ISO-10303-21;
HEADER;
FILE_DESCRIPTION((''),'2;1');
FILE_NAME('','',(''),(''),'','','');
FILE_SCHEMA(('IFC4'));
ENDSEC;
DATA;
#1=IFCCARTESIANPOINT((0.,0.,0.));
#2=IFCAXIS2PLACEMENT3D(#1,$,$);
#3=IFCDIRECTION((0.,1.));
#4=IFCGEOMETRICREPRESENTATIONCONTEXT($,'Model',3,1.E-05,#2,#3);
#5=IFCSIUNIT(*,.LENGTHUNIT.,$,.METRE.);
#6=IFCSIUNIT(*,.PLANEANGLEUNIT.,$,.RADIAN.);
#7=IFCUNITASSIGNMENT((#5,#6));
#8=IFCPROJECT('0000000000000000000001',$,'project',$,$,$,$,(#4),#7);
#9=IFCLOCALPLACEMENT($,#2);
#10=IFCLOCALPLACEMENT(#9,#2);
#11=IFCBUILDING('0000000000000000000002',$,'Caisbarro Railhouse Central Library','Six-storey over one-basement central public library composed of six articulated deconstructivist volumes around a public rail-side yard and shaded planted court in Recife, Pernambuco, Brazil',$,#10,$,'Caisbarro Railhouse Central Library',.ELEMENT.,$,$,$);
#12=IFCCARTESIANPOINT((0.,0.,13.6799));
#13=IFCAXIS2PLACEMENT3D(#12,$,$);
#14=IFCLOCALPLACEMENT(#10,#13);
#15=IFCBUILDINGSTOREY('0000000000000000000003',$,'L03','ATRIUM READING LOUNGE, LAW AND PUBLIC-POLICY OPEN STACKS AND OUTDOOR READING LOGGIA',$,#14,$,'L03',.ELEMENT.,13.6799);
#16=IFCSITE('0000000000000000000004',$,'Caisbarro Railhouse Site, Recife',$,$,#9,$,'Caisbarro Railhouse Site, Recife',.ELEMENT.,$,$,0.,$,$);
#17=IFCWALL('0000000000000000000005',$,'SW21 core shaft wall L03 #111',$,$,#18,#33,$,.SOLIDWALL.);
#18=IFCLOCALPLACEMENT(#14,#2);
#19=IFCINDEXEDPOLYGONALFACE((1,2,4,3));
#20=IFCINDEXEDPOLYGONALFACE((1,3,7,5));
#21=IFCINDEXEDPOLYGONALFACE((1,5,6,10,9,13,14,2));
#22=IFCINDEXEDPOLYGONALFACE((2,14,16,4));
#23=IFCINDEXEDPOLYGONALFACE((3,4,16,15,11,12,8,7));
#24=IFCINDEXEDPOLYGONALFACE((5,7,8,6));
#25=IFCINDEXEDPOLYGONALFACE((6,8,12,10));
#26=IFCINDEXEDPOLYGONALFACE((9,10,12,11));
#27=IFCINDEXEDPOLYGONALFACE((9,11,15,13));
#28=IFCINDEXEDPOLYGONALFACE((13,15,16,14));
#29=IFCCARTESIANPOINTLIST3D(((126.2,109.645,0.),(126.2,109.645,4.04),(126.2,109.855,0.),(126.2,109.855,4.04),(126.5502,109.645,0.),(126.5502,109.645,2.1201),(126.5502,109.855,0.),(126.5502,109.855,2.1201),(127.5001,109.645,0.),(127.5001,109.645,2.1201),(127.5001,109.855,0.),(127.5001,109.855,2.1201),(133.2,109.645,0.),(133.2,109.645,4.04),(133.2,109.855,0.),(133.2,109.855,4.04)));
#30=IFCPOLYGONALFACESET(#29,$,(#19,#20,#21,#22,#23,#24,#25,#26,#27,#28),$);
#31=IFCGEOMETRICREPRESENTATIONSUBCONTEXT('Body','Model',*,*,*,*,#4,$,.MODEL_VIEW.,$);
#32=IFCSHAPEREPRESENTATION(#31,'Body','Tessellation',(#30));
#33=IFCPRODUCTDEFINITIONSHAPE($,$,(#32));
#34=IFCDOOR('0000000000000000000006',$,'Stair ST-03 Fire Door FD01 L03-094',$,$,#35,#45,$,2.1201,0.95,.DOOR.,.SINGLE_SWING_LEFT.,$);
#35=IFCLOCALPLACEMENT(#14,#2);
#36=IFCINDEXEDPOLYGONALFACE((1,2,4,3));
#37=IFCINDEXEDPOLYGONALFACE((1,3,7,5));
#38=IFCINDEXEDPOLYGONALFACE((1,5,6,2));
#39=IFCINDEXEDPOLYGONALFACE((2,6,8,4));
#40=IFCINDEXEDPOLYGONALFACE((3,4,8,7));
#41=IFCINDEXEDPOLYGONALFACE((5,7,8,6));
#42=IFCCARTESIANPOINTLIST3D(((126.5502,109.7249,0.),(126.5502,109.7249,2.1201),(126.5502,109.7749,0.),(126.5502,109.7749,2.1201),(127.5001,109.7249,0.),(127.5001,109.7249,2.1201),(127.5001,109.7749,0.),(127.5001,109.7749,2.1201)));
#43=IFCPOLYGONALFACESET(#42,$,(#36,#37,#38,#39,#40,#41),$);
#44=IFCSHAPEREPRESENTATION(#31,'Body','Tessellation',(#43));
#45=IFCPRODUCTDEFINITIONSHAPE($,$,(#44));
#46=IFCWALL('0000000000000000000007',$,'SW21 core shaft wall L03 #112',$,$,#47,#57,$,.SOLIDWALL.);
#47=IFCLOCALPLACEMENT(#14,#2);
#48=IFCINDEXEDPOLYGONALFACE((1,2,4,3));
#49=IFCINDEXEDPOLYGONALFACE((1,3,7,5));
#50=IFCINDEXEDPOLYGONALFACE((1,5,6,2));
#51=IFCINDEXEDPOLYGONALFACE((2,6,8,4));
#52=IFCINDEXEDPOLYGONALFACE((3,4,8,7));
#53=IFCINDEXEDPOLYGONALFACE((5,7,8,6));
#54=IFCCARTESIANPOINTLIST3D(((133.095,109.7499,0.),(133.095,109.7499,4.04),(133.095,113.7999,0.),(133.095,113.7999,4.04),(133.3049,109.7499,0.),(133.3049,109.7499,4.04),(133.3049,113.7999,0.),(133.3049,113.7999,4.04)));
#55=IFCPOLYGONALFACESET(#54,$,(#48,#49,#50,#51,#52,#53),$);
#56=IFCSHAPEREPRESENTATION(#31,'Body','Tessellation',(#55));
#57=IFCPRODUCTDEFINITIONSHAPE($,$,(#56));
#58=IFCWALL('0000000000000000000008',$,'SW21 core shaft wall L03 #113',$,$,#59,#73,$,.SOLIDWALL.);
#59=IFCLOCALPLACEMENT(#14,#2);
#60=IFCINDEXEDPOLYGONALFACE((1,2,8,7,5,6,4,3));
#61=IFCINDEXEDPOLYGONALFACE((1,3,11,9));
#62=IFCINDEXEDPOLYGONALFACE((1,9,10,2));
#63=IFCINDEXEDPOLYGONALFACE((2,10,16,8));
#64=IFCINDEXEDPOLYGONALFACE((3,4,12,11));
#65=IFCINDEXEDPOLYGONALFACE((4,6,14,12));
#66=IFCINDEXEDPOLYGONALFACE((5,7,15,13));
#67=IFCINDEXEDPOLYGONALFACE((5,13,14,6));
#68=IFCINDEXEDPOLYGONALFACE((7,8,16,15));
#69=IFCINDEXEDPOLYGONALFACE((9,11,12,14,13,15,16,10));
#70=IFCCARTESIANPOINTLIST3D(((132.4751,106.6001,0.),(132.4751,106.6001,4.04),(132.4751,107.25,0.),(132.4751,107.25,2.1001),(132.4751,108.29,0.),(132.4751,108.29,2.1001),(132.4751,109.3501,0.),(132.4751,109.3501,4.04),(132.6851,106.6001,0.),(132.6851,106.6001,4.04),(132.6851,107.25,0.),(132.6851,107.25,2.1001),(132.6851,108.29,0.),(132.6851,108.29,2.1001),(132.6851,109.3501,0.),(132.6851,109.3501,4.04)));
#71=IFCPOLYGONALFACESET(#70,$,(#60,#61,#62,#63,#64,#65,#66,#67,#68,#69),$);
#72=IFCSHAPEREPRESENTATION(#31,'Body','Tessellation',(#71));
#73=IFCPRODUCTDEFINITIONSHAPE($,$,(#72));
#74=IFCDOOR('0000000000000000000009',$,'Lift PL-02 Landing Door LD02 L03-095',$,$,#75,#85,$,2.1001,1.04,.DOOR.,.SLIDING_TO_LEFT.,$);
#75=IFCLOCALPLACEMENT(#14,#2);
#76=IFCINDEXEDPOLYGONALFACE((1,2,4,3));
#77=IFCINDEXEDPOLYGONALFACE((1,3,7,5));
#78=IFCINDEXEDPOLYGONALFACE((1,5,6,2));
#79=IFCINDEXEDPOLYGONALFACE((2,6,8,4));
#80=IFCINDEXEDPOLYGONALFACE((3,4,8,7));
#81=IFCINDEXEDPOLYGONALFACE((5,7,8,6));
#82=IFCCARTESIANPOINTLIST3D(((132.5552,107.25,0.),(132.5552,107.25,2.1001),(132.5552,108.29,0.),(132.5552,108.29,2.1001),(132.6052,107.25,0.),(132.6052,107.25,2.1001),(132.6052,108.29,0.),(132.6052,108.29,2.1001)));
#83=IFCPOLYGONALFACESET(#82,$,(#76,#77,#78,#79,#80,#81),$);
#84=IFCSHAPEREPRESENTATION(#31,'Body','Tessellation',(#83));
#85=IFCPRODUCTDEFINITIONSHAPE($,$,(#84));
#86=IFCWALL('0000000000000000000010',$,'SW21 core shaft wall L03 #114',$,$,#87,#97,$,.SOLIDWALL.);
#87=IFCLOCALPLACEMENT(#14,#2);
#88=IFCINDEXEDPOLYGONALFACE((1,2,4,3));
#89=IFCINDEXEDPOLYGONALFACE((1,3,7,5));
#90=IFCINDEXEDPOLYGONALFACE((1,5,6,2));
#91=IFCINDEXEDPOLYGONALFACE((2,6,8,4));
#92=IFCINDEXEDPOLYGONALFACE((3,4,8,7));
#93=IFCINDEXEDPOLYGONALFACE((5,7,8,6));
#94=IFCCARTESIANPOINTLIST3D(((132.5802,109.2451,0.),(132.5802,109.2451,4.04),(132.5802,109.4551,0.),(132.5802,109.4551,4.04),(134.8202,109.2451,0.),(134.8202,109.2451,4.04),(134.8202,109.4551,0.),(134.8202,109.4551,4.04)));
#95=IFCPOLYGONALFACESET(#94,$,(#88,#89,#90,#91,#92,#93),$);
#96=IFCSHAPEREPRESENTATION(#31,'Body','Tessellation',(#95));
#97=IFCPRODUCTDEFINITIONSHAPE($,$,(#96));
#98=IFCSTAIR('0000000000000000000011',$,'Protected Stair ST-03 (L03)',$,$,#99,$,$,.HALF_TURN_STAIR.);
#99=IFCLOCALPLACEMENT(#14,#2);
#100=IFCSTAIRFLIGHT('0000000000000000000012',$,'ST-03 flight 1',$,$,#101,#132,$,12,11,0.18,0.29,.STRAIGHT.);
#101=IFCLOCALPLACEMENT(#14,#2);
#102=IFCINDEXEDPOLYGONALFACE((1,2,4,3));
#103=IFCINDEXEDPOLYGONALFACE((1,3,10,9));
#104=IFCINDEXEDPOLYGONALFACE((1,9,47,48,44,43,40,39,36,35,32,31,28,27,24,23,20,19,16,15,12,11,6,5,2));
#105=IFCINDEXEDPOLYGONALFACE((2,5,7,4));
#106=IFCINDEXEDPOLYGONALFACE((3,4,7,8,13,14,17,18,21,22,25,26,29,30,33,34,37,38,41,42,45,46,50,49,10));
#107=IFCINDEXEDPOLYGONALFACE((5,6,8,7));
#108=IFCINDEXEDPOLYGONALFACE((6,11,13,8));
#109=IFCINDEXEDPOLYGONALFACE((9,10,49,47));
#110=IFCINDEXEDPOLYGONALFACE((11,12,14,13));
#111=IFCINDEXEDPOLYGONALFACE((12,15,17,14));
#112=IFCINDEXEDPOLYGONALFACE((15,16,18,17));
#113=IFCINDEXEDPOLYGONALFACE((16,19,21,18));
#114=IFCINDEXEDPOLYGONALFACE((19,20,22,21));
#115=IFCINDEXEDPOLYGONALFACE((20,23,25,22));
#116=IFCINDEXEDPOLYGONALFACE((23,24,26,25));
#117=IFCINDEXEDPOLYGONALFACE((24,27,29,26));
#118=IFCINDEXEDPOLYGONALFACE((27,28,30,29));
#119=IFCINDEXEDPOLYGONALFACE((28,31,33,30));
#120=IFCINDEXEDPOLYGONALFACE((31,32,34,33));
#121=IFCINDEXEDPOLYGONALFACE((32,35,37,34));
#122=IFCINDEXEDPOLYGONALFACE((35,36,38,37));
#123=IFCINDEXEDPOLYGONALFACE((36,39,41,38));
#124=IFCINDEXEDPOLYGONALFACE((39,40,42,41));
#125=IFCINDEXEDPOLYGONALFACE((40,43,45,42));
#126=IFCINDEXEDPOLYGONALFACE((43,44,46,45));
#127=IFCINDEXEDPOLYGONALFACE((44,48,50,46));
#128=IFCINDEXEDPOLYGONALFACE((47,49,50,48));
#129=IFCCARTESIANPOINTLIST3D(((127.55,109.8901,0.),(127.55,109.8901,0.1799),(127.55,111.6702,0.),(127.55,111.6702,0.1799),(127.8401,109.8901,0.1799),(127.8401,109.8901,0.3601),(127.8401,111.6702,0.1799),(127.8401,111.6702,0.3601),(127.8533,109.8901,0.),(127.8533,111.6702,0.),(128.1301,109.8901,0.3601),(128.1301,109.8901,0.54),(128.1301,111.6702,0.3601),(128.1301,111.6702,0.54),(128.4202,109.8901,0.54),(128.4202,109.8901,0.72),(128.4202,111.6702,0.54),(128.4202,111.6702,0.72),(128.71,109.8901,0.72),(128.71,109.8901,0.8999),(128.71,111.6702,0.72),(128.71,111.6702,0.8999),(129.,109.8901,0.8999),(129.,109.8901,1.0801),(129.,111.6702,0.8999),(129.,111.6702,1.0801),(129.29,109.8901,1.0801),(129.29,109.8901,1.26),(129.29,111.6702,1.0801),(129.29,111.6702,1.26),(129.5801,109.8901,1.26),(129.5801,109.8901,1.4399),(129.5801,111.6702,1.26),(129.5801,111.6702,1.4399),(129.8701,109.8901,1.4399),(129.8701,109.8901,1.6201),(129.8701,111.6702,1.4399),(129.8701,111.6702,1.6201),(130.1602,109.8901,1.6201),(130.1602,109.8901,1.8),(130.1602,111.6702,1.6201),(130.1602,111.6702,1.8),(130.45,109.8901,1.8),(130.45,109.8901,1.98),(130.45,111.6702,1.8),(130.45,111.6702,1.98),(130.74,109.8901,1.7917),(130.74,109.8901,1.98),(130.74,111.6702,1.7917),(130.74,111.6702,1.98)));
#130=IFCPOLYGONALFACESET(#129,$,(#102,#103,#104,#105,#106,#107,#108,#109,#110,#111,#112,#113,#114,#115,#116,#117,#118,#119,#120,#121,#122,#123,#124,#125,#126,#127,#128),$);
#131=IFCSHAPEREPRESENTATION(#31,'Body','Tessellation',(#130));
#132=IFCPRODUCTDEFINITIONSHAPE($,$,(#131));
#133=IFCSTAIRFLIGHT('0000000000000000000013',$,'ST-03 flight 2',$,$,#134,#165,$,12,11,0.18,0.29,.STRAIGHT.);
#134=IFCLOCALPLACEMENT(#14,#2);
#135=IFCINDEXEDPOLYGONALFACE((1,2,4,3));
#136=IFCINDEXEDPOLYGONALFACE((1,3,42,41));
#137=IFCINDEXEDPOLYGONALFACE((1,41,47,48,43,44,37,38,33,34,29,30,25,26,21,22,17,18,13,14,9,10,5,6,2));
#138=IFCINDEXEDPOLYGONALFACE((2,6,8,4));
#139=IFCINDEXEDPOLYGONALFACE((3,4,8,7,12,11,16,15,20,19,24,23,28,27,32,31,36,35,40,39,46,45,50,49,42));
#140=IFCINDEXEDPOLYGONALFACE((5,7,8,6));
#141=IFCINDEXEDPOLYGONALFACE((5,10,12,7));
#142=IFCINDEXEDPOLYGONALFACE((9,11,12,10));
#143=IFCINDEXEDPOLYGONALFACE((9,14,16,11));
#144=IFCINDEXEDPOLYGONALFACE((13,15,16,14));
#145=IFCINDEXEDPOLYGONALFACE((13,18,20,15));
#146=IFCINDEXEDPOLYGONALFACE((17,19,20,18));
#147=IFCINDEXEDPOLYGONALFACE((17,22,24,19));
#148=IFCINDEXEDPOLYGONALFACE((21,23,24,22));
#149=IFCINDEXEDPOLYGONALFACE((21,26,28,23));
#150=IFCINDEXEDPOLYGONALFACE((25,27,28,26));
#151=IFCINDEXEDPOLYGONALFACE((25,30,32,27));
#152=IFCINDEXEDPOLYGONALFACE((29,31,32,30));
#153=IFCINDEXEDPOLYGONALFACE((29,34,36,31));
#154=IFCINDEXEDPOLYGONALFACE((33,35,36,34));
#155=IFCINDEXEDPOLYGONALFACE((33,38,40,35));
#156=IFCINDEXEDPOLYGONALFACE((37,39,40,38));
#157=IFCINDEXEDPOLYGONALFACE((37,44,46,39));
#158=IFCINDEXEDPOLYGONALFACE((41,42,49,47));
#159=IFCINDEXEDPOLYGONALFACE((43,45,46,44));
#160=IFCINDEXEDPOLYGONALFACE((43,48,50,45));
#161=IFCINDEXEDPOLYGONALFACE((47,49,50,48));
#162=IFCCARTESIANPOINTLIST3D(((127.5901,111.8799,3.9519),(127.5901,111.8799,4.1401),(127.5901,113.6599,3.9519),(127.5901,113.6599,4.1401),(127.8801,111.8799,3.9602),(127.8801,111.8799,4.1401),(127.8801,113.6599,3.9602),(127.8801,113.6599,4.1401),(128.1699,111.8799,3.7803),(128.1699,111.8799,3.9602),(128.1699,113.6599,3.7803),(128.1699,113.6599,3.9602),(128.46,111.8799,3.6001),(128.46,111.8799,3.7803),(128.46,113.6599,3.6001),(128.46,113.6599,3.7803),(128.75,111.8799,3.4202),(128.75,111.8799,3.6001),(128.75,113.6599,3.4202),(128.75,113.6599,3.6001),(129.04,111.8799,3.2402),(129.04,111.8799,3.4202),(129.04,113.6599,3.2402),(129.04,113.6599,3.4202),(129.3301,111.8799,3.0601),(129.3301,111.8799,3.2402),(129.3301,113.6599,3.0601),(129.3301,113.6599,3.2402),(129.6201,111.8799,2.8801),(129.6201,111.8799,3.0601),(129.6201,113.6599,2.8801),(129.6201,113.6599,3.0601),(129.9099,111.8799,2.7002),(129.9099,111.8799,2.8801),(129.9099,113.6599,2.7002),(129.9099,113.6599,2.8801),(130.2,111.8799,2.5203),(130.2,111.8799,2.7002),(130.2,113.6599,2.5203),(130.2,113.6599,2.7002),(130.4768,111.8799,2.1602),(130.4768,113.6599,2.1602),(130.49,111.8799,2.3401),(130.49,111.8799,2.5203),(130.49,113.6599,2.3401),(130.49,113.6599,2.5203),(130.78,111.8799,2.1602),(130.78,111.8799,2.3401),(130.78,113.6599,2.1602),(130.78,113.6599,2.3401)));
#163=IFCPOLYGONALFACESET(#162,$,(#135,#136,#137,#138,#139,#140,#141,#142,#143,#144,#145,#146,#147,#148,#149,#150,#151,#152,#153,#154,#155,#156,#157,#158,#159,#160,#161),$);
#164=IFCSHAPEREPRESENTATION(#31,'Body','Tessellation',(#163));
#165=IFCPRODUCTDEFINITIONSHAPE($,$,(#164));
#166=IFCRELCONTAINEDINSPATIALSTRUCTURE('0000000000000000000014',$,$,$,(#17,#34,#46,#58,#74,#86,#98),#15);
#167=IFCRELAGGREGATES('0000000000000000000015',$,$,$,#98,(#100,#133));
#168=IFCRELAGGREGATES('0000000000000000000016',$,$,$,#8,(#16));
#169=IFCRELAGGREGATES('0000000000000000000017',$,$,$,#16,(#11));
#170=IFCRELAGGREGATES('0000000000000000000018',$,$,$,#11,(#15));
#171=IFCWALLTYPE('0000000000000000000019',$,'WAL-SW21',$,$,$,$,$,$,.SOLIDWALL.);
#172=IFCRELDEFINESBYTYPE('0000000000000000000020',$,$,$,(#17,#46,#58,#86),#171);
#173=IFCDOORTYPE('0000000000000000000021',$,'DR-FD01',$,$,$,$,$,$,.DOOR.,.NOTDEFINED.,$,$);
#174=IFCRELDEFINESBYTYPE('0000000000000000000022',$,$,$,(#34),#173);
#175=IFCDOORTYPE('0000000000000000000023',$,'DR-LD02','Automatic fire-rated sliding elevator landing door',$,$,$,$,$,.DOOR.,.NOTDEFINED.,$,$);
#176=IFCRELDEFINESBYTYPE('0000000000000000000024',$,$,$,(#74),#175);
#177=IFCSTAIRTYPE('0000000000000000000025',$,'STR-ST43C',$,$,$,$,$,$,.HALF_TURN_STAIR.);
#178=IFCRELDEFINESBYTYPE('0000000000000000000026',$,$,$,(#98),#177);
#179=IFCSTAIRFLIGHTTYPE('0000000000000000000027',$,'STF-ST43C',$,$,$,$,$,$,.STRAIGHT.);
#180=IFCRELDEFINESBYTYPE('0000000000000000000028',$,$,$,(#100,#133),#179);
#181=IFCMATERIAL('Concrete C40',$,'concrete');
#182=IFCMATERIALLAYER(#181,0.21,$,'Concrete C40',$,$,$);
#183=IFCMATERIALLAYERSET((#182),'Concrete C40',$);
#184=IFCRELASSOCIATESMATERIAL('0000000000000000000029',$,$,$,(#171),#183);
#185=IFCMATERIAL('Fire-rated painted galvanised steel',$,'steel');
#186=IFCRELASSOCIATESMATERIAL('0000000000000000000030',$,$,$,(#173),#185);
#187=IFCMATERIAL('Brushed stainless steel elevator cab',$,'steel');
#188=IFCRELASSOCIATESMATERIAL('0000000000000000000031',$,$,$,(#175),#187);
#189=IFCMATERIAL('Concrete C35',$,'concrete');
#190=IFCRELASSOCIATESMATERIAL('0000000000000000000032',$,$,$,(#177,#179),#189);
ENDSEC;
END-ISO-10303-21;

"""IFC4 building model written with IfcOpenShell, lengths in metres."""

from ifc_helpers import new_model, si_unit, direction, frame, frame_2d, origin, place, context, subcontext, project, spatial, polyline, rectangle, outline, extrude, material, layer, layer_set, type_object, element, fill, aggregate, save


model = new_model("IFC4")

# Units and contexts
model_context = context("Model", 3, precision=1e-05, world=origin(), true_north=direction((0.0, 1.0)))
body_context = subcontext(model_context, "Body", "Model", "MODEL_VIEW")
ifc_project = project(units=[si_unit("LENGTHUNIT", "METRE"), si_unit("PLANEANGLEUNIT", "RADIAN")], contexts=[model_context])

# Site, building, storey
site_placement = place(None, origin())
site = spatial("IfcSite", under=ifc_project, at=site_placement, Name="Caisbarro Railhouse Site, Recife", LongName="Caisbarro Railhouse Site, Recife", CompositionType="ELEMENT", RefElevation=0.0)
building_placement = place(site_placement, origin())
building = spatial("IfcBuilding", under=site, at=building_placement, Name="Caisbarro Railhouse Central Library", Description="Six-storey over one-basement central public library composed of six articulated deconstructivist volumes around a public rail-side yard and shaded planted court in Recife, Pernambuco, Brazil", LongName="Caisbarro Railhouse Central Library", CompositionType="ELEMENT")
storey_placement = place(building_placement, frame((0.0, 0.0, 13.6799)))
storey = spatial("IfcBuildingStorey", under=building, at=storey_placement, Name="L03", Description="ATRIUM READING LOUNGE, LAW AND PUBLIC-POLICY OPEN STACKS AND OUTDOOR READING LOGGIA", LongName="L03", CompositionType="ELEMENT", Elevation=13.6799)

# Shared definitions
ifc_material_1 = material(Name="Concrete C40", Category="concrete")
ifc_material_2 = material(Name="Fire-rated painted galvanised steel", Category="steel")

# Wall, opening, door
ifc_layer_1 = layer(ifc_material_1, 0.21, Name="Concrete C40")
ifc_layer_set_1 = layer_set([ifc_layer_1], Name="Concrete C40")
wall_type_1 = type_object("IfcWallType", Name="WAL-SW21", PredefinedType="SOLIDWALL", material=ifc_layer_set_1)
wall_1_placement = place(storey_placement, frame((126.2, 109.75, 0.0), z_axis=(0.0, 0.0, 1.0), x_axis=(1.0, 0.0, 0.0)))
wall_1 = element("IfcWall", 1, at=wall_1_placement, inside=storey, type_object=wall_type_1, Name="SW21 core shaft wall L03 #111", PredefinedType="SOLIDWALL", context=body_context, shape_type="SweptSolid", body=[
    extrude(rectangle(XDim=7.0, YDim=0.21, at=frame_2d((3.5, 0.0))), origin(), (0.0, 0.0, 1.0), 4.04),
])
opening_1_placement = place(wall_1_placement, frame((0.3501, 0.0, 0.0)))
opening_1 = element("IfcOpeningElement", 2, at=opening_1_placement, cuts=wall_1, PredefinedType="OPENING", context=body_context, shape_type="SweptSolid", body=[
    extrude(rectangle(XDim=0.95, YDim=2.1201, at=frame_2d((0.4751, 1.0601))), frame((0.0, 0.115, 0.0), z_axis=(0.0, -1.0, 0.0), x_axis=(1.0, 0.0, 0.0)), (0.0, 0.0, 1.0), 0.23),
])
door_type_1 = type_object("IfcDoorType", Name="DR-FD01", OperationType="NOTDEFINED", PredefinedType="DOOR", material=ifc_material_2)
door_1_placement = place(opening_1_placement, origin())
door_1 = element("IfcDoor", 3, at=door_1_placement, inside=storey, type_object=door_type_1, Name="Stair ST-03 Fire Door FD01 L03-094", OperationType="SINGLE_SWING_LEFT", OverallHeight=2.1201, OverallWidth=0.95, PredefinedType="DOOR", context=body_context, shape_type="SweptSolid", body=[
    extrude(rectangle(XDim=0.95, YDim=2.1201, at=frame_2d((0.4751, 1.0601))), frame((0.0, 0.0249, 0.0), z_axis=(0.0, -1.0, 0.0), x_axis=(1.0, 0.0, 0.0)), (0.0, 0.0, 1.0), 0.05),
])
fill(opening_1, door_1)

# Wall
wall_2_placement = place(storey_placement, frame((133.2, 109.75, 0.0), z_axis=(0.0, 0.0, 1.0), x_axis=(0.0, 1.0, 0.0)))
element("IfcWall", 4, at=wall_2_placement, inside=storey, type_object=wall_type_1, Name="SW21 core shaft wall L03 #112", PredefinedType="SOLIDWALL", context=body_context, shape_type="SweptSolid", body=[
    extrude(rectangle(XDim=4.05, YDim=0.21, at=frame_2d((2.0249, 0.0))), origin(), (0.0, 0.0, 1.0), 4.04),
])

# Wall, opening, door
wall_3_placement = place(storey_placement, frame((132.5801, 106.6001, 0.0), z_axis=(0.0, 0.0, 1.0), x_axis=(0.0, 1.0, 0.0)))
wall_3 = element("IfcWall", 5, at=wall_3_placement, inside=storey, type_object=wall_type_1, Name="SW21 core shaft wall L03 #113", PredefinedType="SOLIDWALL", context=body_context, shape_type="SweptSolid", body=[
    extrude(rectangle(XDim=2.75, YDim=0.21, at=frame_2d((1.375, 0.0))), origin(), (0.0, 0.0, 1.0), 4.04),
])
opening_2_placement = place(wall_3_placement, frame((0.6499, 0.0, 0.0)))
opening_2 = element("IfcOpeningElement", 6, at=opening_2_placement, cuts=wall_3, PredefinedType="OPENING", context=body_context, shape_type="SweptSolid", body=[
    extrude(rectangle(XDim=1.04, YDim=2.1001, at=frame_2d((0.52, 1.05))), frame((0.0, 0.115, 0.0), z_axis=(0.0, -1.0, 0.0), x_axis=(1.0, 0.0, 0.0)), (0.0, 0.0, 1.0), 0.23),
])
ifc_material_3 = material(Name="Brushed stainless steel elevator cab", Category="steel")
door_type_2 = type_object("IfcDoorType", Name="DR-LD02", Description="Automatic fire-rated sliding elevator landing door", OperationType="NOTDEFINED", PredefinedType="DOOR", material=ifc_material_3)
door_2_placement = place(opening_2_placement, origin())
door_2 = element("IfcDoor", 7, at=door_2_placement, inside=storey, type_object=door_type_2, Name="Lift PL-02 Landing Door LD02 L03-095", OperationType="SLIDING_TO_LEFT", OverallHeight=2.1001, OverallWidth=1.04, PredefinedType="DOOR", context=body_context, shape_type="SweptSolid", body=[
    extrude(rectangle(XDim=1.04, YDim=2.1001, at=frame_2d((0.52, 1.05))), frame((0.0, 0.0249, 0.0), z_axis=(0.0, -1.0, 0.0), x_axis=(1.0, 0.0, 0.0)), (0.0, 0.0, 1.0), 0.05),
])
fill(opening_2, door_2)

# Wall
wall_4_placement = place(storey_placement, frame((132.5801, 109.3501, 0.0), z_axis=(0.0, 0.0, 1.0), x_axis=(1.0, 0.0, 0.0)))
element("IfcWall", 8, at=wall_4_placement, inside=storey, type_object=wall_type_1, Name="SW21 core shaft wall L03 #114", PredefinedType="SOLIDWALL", context=body_context, shape_type="SweptSolid", body=[
    extrude(rectangle(XDim=2.24, YDim=0.21, at=frame_2d((1.1201, 0.0))), origin(), (0.0, 0.0, 1.0), 4.04),
])

# Stair, stair flights
ifc_material_4 = material(Name="Concrete C35", Category="concrete")
stair_type = type_object("IfcStairType", Name="STR-ST43C", PredefinedType="HALF_TURN_STAIR", material=ifc_material_4)
stair_placement = place(storey_placement, origin())
stair = element("IfcStair", 9, at=stair_placement, inside=storey, type_object=stair_type, Name="Protected Stair ST-03 (L03)", PredefinedType="HALF_TURN_STAIR")
stair_flight_type = type_object("IfcStairFlightType", Name="STF-ST43C", PredefinedType="STRAIGHT", material=ifc_material_4)
stair_flight_1_placement = place(storey_placement, frame((127.55, 110.78, 0.0), z_axis=(0.0, 0.0, 1.0), x_axis=(1.0, 0.0, 0.0)))
stair_flight_1 = element("IfcStairFlight", 10, at=stair_flight_1_placement, type_object=stair_flight_type, Name="ST-03 flight 1", NumberOfRisers=12, NumberOfTreads=11, PredefinedType="STRAIGHT", RiserHeight=0.18, TreadLength=0.29, context=body_context, shape_type="SweptSolid", body=[
    extrude(outline(polyline([(0.0, 0.0), (0.0, 0.1799), (0.29, 0.1799), (0.29, 0.3601), (0.5801, 0.3601), (0.5801, 0.54), (0.8701, 0.54), (0.8701, 0.72), (1.1599, 0.72), (1.1599, 0.8999), (1.45, 0.8999), (1.45, 1.0801), (1.74, 1.0801), (1.74, 1.26), (2.03, 1.26), (2.03, 1.4399), (2.3201, 1.4399), (2.3201, 1.6201), (2.6101, 1.6201), (2.6101, 1.8), (2.8999, 1.8), (2.8999, 1.98), (3.1899, 1.98), (3.1899, 2.1599), (3.1899, 1.7917), (0.3032, 0.0), (0.0, 0.0)])), frame((0.0, 0.8901, 0.0), z_axis=(0.0, -1.0, 0.0), x_axis=(1.0, 0.0, 0.0)), (0.0, 0.0, 1.0), 1.78),
])
stair_flight_2_placement = place(storey_placement, frame((130.78, 112.77, 2.1602), z_axis=(0.0, 0.0, 1.0), x_axis=(-1.0, 0.0, 0.0)))
stair_flight_2 = element("IfcStairFlight", 11, at=stair_flight_2_placement, type_object=stair_flight_type, Name="ST-03 flight 2", NumberOfRisers=12, NumberOfTreads=11, PredefinedType="STRAIGHT", RiserHeight=0.18, TreadLength=0.29, context=body_context, shape_type="SweptSolid", body=[
    extrude(outline(polyline([(0.0, 0.0), (0.0, 0.1799), (0.29, 0.1799), (0.29, 0.3601), (0.5801, 0.3601), (0.5801, 0.54), (0.8701, 0.54), (0.8701, 0.72), (1.1599, 0.72), (1.1599, 0.8999), (1.45, 0.8999), (1.45, 1.0801), (1.74, 1.0801), (1.74, 1.26), (2.03, 1.26), (2.03, 1.4399), (2.3201, 1.4399), (2.3201, 1.6201), (2.6101, 1.6201), (2.6101, 1.8), (2.8999, 1.8), (2.8999, 1.98), (3.1899, 1.98), (3.1899, 2.1599), (3.1899, 1.7917), (0.3032, 0.0), (0.0, 0.0)])), frame((0.0, 0.8901, 0.0), z_axis=(0.0, -1.0, 0.0), x_axis=(1.0, 0.0, 0.0)), (0.0, 0.0, 1.0), 1.78),
])
aggregate(stair, [stair_flight_1, stair_flight_2])

save(model, "model.ifc")
